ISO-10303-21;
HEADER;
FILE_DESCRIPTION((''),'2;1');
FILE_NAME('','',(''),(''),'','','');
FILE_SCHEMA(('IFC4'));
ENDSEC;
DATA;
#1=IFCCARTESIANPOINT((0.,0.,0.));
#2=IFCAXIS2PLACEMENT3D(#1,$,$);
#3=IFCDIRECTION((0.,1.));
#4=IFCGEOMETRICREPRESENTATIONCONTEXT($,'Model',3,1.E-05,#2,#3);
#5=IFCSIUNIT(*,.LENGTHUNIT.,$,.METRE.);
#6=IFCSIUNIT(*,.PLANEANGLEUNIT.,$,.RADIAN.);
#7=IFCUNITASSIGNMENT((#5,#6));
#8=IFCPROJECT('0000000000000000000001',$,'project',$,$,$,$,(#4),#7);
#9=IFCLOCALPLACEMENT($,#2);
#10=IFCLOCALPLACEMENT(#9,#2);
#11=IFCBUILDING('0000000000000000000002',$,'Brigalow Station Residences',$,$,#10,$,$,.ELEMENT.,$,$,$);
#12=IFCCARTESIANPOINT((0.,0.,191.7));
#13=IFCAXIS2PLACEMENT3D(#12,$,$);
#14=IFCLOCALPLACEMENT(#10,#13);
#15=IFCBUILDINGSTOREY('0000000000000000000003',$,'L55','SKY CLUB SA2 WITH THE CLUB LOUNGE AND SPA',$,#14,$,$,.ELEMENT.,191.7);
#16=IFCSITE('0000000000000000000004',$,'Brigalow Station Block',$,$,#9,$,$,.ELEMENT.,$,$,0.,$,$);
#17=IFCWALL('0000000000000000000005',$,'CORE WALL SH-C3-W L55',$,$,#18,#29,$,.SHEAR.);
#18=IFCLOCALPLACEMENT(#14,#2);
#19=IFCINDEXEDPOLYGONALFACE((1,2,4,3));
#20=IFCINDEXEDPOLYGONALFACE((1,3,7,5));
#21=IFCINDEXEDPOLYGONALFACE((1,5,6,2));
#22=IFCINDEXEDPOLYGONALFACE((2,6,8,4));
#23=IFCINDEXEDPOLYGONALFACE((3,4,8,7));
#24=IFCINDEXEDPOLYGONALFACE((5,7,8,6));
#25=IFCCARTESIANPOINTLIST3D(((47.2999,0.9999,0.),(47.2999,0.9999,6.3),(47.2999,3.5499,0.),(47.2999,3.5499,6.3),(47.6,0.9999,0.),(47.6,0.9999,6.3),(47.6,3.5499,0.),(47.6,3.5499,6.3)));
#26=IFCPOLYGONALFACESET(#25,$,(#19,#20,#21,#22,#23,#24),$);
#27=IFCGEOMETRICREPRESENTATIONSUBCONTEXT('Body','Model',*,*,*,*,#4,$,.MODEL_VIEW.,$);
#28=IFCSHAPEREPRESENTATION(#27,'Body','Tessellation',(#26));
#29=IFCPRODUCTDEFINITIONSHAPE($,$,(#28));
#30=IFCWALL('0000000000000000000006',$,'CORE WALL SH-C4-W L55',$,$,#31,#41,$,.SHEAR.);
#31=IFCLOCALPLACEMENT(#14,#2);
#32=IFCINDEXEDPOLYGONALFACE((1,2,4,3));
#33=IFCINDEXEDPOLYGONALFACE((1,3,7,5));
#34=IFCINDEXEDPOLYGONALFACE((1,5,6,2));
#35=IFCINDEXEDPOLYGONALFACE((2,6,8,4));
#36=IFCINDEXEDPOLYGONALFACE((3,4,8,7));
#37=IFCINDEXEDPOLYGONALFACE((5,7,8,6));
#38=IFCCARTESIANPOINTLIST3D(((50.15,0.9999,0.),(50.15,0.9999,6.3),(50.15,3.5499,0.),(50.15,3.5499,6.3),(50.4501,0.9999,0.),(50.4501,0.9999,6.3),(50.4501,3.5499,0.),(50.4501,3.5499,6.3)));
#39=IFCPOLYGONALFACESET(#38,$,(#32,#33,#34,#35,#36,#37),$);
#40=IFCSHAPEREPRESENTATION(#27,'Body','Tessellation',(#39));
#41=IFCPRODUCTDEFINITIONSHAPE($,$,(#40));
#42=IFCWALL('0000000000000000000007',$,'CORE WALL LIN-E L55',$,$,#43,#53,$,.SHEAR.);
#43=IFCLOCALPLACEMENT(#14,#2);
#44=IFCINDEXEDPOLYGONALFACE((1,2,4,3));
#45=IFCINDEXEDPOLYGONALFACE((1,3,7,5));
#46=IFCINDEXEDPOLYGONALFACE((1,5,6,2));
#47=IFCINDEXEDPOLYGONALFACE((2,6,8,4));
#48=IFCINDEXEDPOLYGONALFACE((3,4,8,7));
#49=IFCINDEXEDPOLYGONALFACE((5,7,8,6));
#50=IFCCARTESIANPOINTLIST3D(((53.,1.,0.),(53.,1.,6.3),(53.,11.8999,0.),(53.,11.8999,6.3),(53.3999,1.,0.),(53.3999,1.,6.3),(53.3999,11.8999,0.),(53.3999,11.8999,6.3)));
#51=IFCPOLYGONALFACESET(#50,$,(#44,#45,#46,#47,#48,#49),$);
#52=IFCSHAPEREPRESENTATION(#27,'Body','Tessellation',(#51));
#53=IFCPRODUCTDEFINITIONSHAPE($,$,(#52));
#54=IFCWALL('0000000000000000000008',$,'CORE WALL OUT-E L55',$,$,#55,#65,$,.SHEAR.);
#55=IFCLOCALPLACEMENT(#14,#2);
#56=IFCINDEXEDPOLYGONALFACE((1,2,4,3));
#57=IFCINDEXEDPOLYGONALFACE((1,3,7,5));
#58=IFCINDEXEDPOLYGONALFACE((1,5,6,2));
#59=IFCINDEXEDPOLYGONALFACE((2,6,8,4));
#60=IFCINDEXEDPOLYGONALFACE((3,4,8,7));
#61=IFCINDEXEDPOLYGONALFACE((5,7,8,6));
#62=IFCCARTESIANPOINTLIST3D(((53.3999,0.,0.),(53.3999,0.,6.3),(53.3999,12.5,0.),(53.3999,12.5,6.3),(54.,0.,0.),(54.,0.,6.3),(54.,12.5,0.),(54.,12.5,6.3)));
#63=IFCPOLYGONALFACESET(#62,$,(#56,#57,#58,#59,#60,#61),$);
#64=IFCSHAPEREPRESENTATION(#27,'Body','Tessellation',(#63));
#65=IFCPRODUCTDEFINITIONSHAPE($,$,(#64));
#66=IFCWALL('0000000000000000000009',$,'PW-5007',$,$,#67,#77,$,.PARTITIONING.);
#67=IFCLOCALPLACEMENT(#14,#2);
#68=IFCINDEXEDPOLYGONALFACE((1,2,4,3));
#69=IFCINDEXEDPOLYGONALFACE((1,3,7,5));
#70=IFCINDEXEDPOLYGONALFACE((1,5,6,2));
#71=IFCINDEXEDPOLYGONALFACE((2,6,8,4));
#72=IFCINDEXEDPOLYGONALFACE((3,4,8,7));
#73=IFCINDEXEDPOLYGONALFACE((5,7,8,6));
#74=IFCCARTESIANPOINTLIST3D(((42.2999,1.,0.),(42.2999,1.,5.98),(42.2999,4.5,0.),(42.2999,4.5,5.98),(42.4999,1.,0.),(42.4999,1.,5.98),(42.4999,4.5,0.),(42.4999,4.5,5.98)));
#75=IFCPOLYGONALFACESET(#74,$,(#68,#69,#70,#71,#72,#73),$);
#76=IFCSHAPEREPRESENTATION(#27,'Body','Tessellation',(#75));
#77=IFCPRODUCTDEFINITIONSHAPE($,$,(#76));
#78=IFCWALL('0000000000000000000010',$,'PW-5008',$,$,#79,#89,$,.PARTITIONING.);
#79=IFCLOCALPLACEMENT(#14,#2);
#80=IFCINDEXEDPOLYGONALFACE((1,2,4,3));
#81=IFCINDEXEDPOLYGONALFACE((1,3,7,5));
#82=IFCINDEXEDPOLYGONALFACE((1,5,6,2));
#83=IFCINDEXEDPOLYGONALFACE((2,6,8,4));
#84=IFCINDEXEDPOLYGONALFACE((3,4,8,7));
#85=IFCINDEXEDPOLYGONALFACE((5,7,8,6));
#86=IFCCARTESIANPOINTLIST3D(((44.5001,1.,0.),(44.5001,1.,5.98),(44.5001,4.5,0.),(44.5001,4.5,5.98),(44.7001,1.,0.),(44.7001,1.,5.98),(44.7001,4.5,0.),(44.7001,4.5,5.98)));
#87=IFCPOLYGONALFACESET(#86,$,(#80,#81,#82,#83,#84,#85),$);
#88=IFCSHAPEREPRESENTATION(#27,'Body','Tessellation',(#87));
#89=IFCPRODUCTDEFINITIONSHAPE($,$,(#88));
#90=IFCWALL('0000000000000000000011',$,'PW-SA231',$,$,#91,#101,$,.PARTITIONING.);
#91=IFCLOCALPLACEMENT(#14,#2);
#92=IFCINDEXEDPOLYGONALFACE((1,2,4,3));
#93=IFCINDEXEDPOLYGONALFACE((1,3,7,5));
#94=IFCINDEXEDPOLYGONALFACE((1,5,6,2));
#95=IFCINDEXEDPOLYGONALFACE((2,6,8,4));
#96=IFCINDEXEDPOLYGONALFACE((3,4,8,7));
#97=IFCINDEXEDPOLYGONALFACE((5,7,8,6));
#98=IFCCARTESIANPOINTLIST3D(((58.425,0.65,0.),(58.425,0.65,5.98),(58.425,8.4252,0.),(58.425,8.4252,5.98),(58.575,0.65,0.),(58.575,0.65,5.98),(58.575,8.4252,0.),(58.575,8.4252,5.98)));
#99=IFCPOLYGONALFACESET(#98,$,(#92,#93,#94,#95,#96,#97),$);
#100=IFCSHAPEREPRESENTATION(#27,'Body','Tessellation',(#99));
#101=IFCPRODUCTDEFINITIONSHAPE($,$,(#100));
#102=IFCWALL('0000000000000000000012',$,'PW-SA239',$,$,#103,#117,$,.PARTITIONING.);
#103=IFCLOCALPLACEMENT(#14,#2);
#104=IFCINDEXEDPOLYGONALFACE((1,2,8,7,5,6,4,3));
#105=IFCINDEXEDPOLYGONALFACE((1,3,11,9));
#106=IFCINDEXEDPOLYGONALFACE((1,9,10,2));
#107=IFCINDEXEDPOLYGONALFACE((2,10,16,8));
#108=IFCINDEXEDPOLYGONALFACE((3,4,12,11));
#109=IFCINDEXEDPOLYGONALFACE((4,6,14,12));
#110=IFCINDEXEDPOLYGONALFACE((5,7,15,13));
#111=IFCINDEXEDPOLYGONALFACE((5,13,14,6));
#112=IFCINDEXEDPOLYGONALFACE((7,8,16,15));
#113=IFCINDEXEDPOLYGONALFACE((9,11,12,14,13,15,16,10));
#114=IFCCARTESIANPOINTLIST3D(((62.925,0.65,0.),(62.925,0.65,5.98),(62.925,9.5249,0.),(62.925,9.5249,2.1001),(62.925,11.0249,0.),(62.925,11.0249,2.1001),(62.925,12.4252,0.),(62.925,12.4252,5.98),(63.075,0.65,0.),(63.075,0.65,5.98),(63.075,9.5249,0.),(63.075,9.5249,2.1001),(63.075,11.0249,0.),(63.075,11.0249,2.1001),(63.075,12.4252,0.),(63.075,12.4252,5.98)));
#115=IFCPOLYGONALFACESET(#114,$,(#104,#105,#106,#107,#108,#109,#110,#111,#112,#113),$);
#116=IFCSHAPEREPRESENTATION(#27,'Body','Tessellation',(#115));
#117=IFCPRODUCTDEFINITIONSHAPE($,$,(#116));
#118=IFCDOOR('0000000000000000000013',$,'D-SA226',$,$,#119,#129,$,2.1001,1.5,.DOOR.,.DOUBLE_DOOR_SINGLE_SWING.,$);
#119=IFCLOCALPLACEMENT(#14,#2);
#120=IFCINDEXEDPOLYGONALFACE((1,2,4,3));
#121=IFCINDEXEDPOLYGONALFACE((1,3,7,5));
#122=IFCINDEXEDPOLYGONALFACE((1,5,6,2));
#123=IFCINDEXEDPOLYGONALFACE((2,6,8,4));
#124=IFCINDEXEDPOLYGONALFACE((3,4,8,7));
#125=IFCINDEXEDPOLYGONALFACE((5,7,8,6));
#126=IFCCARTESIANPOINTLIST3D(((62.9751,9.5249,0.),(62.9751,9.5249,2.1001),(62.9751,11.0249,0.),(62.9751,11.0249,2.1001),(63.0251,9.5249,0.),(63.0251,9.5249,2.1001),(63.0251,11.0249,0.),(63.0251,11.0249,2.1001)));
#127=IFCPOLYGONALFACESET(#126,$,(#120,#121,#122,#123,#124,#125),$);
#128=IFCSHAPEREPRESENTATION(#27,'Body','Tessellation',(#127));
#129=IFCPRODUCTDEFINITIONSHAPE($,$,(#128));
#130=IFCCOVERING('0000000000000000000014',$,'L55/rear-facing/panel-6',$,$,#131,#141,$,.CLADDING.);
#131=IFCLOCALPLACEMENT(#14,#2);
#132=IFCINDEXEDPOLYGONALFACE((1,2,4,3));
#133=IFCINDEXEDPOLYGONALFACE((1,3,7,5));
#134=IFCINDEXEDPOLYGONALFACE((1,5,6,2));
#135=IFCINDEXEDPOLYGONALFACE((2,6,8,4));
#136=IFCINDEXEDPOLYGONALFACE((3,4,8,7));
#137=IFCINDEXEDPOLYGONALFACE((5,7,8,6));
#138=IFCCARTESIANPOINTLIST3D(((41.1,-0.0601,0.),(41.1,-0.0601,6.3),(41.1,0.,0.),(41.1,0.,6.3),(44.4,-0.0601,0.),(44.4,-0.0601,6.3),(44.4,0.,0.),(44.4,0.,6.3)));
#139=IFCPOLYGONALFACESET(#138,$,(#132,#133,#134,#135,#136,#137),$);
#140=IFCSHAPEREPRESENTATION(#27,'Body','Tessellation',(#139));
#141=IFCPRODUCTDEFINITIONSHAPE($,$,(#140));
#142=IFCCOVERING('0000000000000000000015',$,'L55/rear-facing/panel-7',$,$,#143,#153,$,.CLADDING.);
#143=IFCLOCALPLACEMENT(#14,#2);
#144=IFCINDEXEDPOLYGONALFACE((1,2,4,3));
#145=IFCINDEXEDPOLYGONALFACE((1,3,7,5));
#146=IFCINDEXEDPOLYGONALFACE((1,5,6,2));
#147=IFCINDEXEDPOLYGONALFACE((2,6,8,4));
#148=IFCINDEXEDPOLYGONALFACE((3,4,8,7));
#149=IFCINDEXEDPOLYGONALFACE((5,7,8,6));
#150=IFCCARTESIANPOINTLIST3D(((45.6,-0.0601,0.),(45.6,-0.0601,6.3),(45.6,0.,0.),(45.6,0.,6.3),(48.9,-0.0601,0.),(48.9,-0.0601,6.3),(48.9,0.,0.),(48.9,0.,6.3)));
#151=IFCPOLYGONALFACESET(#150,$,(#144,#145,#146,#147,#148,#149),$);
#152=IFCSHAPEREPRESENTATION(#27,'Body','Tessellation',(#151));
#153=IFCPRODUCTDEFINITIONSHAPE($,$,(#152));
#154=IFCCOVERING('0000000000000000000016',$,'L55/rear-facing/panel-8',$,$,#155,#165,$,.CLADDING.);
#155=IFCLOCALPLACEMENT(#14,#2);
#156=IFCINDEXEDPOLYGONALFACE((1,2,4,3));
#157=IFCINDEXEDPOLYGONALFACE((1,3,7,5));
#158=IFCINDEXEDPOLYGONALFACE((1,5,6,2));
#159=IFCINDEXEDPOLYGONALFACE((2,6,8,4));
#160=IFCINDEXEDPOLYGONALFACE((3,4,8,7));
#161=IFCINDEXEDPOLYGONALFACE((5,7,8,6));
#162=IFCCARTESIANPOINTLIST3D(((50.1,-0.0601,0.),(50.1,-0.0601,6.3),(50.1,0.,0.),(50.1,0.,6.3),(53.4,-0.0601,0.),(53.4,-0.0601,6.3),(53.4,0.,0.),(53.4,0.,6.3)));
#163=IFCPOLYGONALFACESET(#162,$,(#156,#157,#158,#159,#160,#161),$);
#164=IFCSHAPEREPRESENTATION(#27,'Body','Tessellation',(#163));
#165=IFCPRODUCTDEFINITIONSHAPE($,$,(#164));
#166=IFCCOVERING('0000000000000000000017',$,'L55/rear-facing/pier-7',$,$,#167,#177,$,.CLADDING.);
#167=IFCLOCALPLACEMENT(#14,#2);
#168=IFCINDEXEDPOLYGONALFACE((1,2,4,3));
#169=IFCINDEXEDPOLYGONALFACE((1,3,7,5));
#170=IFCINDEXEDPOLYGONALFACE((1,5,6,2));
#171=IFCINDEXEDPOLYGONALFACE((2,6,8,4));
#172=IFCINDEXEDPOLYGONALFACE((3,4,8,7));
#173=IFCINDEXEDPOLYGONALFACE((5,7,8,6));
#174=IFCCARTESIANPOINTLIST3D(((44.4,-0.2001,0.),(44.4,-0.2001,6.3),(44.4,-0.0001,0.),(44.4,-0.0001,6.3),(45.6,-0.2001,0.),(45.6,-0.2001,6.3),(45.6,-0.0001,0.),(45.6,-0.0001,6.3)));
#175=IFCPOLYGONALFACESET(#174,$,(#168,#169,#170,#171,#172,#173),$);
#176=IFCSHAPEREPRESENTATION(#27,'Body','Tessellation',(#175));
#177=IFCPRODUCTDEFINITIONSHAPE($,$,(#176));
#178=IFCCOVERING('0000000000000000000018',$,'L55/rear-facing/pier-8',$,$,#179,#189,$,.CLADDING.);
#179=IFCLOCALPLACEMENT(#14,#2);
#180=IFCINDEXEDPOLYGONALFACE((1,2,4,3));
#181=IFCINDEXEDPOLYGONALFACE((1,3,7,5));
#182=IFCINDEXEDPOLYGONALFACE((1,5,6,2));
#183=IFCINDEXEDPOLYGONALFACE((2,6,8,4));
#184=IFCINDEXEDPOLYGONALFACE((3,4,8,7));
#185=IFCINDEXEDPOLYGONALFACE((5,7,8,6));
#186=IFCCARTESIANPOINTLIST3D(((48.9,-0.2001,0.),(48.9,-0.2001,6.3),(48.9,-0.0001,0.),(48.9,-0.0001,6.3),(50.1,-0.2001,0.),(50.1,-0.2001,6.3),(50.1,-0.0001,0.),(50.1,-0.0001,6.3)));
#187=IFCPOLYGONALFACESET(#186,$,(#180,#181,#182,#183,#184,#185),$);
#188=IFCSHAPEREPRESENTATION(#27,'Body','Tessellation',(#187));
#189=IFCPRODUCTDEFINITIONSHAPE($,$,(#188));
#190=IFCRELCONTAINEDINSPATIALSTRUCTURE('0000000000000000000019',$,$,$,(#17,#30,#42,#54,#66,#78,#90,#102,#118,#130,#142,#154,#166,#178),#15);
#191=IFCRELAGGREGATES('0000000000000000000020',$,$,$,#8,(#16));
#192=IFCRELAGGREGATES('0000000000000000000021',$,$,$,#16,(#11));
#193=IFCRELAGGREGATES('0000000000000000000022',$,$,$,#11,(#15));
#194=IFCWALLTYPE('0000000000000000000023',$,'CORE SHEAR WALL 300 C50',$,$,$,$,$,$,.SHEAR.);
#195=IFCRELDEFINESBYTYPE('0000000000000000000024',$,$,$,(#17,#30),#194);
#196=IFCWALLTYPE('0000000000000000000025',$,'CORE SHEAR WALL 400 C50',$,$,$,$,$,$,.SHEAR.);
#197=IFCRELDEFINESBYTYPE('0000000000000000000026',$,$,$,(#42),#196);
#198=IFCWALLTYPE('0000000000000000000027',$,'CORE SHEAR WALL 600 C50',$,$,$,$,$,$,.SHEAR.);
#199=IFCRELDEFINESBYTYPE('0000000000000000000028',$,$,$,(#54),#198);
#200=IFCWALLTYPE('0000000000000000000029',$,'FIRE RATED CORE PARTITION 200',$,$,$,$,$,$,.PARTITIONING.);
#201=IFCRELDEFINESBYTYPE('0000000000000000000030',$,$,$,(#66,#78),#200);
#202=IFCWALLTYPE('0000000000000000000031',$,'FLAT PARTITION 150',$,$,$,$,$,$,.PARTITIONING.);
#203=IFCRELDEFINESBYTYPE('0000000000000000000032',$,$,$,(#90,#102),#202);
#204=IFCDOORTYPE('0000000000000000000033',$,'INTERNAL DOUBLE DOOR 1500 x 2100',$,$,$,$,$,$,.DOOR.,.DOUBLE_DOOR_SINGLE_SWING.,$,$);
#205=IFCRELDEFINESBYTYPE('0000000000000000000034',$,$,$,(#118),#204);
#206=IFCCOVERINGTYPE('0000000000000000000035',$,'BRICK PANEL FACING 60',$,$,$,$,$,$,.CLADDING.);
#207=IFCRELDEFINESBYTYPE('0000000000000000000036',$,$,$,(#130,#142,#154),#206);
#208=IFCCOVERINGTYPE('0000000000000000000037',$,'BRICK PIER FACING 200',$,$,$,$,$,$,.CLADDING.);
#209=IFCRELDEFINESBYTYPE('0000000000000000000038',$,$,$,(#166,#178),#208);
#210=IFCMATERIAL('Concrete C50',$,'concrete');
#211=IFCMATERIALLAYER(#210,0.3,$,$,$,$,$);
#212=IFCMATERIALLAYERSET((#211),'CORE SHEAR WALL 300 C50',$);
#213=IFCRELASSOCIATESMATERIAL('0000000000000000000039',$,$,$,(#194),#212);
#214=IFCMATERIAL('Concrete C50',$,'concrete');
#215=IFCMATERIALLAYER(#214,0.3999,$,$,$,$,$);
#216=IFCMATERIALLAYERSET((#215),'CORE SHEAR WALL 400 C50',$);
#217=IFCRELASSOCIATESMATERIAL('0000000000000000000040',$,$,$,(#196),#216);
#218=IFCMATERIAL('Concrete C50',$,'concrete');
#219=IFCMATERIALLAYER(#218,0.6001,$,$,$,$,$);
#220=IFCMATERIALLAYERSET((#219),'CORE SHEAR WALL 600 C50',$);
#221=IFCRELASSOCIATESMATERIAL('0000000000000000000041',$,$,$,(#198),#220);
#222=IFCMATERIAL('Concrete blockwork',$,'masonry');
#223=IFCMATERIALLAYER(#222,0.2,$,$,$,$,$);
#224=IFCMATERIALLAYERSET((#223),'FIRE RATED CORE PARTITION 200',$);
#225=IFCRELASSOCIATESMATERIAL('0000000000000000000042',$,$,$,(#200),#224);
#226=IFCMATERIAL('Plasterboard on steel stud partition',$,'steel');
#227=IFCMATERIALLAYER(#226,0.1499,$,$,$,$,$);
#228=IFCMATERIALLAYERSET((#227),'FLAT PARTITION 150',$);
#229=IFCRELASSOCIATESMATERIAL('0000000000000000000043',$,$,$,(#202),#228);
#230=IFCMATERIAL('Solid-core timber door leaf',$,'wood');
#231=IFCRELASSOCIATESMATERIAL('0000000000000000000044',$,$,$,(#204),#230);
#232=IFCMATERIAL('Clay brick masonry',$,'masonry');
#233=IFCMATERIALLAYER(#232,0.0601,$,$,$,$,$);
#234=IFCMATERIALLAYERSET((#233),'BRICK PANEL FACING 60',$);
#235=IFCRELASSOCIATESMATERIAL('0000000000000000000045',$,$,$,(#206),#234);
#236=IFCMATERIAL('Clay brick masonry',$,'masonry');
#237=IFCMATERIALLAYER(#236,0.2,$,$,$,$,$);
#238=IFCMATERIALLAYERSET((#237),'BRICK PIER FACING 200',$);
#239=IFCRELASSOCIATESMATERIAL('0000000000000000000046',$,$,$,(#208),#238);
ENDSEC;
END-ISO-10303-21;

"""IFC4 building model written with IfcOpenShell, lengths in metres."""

from ifc_helpers import new_model, si_unit, direction, frame, frame_2d, origin, origin_2d, place, context, subcontext, project, spatial, rectangle, extrude, material, layer, layer_set, type_object, element, fill, save


model = new_model("IFC4")

# Units and contexts
model_context = context("Model", 3, precision=1e-05, world=origin(), true_north=direction((0.0, 1.0)))
body_context = subcontext(model_context, "Body", "Model", "MODEL_VIEW")
ifc_project = project(units=[si_unit("LENGTHUNIT", "METRE"), si_unit("PLANEANGLEUNIT", "RADIAN")], contexts=[model_context])

# Site, building, storey
site_placement = place(None, origin())
site = spatial("IfcSite", under=ifc_project, at=site_placement, Name="Brigalow Station Block", CompositionType="ELEMENT", RefElevation=0.0)
building_placement = place(site_placement, origin())
building = spatial("IfcBuilding", under=site, at=building_placement, Name="Brigalow Station Residences", CompositionType="ELEMENT")
storey_placement = place(building_placement, frame((0.0, 0.0, 191.7)))
storey = spatial("IfcBuildingStorey", under=building, at=storey_placement, Name="L55", Description="SKY CLUB SA2 WITH THE CLUB LOUNGE AND SPA", CompositionType="ELEMENT", Elevation=191.7)

# Walls
ifc_material_1 = material(Name="Concrete C50", Category="concrete")
ifc_layer_1 = layer(ifc_material_1, 0.3)
ifc_layer_set_1 = layer_set([ifc_layer_1], Name="CORE SHEAR WALL 300 C50")
wall_type_1 = type_object("IfcWallType", Name="CORE SHEAR WALL 300 C50", PredefinedType="SHEAR", material=ifc_layer_set_1)
for number, where, z_axis, x_axis, name in (
    (1, (47.45, 1.0, 0.0), (0.0, 0.0, 1.0), (0.0, 1.0, 0.0), "CORE WALL SH-C3-W L55"),
    (2, (50.3, 1.0, 0.0), (0.0, 0.0, 1.0), (0.0, 1.0, 0.0), "CORE WALL SH-C4-W L55"),
):
    element("IfcWall", number, at=place(storey_placement, frame(where, z_axis=z_axis, x_axis=x_axis)), inside=storey, type_object=wall_type_1, Name=name, PredefinedType="SHEAR", context=body_context, shape_type="SweptSolid", body=[
        extrude(rectangle(XDim=2.55, YDim=0.3, at=frame_2d((1.2749, 0.0))), origin(), (0.0, 0.0, 1.0), 6.3),
    ])
ifc_material_2 = material(Name="Concrete C50", Category="concrete")
ifc_layer_2 = layer(ifc_material_2, 0.3999)
ifc_layer_set_2 = layer_set([ifc_layer_2], Name="CORE SHEAR WALL 400 C50")
wall_type_2 = type_object("IfcWallType", Name="CORE SHEAR WALL 400 C50", PredefinedType="SHEAR", material=ifc_layer_set_2)
wall_1_placement = place(storey_placement, frame((53.2, 1.0, 0.0), z_axis=(0.0, 0.0, 1.0), x_axis=(0.0, 1.0, 0.0)))
element("IfcWall", 3, at=wall_1_placement, inside=storey, type_object=wall_type_2, Name="CORE WALL LIN-E L55", PredefinedType="SHEAR", context=body_context, shape_type="SweptSolid", body=[
    extrude(rectangle(XDim=10.8999, YDim=0.3999, at=frame_2d((5.45, 0.0))), origin(), (0.0, 0.0, 1.0), 6.3),
])
ifc_material_3 = material(Name="Concrete C50", Category="concrete")
ifc_layer_3 = layer(ifc_material_3, 0.6001)
ifc_layer_set_3 = layer_set([ifc_layer_3], Name="CORE SHEAR WALL 600 C50")
wall_type_3 = type_object("IfcWallType", Name="CORE SHEAR WALL 600 C50", PredefinedType="SHEAR", material=ifc_layer_set_3)
wall_2_placement = place(storey_placement, frame((53.7, 0.0, 0.0), z_axis=(0.0, 0.0, 1.0), x_axis=(0.0, 1.0, 0.0)))
element("IfcWall", 4, at=wall_2_placement, inside=storey, type_object=wall_type_3, Name="CORE WALL OUT-E L55", PredefinedType="SHEAR", context=body_context, shape_type="SweptSolid", body=[
    extrude(rectangle(XDim=12.5, YDim=0.6001, at=frame_2d((6.25, 0.0))), origin(), (0.0, 0.0, 1.0), 6.3),
])
ifc_material_4 = material(Name="Concrete blockwork", Category="masonry")
ifc_layer_4 = layer(ifc_material_4, 0.2)
ifc_layer_set_4 = layer_set([ifc_layer_4], Name="FIRE RATED CORE PARTITION 200")
wall_type_4 = type_object("IfcWallType", Name="FIRE RATED CORE PARTITION 200", PredefinedType="PARTITIONING", material=ifc_layer_set_4)
for number, where, z_axis, x_axis, name in (
    (5, (42.3999, 1.0, 0.0), (0.0, 0.0, 1.0), (0.0, 1.0, 0.0), "PW-5007"),
    (6, (44.6001, 1.0, 0.0), (0.0, 0.0, 1.0), (0.0, 1.0, 0.0), "PW-5008"),
):
    element("IfcWall", number, at=place(storey_placement, frame(where, z_axis=z_axis, x_axis=x_axis)), inside=storey, type_object=wall_type_4, Name=name, PredefinedType="PARTITIONING", context=body_context, shape_type="SweptSolid", body=[
        extrude(rectangle(XDim=3.5, YDim=0.2, at=frame_2d((1.75, 0.0))), origin(), (0.0, 0.0, 1.0), 5.98),
    ])
ifc_material_5 = material(Name="Plasterboard on steel stud partition", Category="steel")
ifc_layer_5 = layer(ifc_material_5, 0.1499)
ifc_layer_set_5 = layer_set([ifc_layer_5], Name="FLAT PARTITION 150")
wall_type_5 = type_object("IfcWallType", Name="FLAT PARTITION 150", PredefinedType="PARTITIONING", material=ifc_layer_set_5)
wall_3_placement = place(storey_placement, frame((58.5, 0.6499, 0.0), z_axis=(0.0, 0.0, 1.0), x_axis=(0.0, 1.0, 0.0)))
element("IfcWall", 7, at=wall_3_placement, inside=storey, type_object=wall_type_5, Name="PW-SA231", PredefinedType="PARTITIONING", context=body_context, shape_type="SweptSolid", body=[
    extrude(rectangle(XDim=7.7751, YDim=0.1499, at=frame_2d((3.8877, 0.0))), origin(), (0.0, 0.0, 1.0), 5.98),
])

# Wall, opening, door
wall_4_placement = place(storey_placement, frame((63.0, 0.6499, 0.0), z_axis=(0.0, 0.0, 1.0), x_axis=(0.0, 1.0, 0.0)))
wall_4 = element("IfcWall", 8, at=wall_4_placement, inside=storey, type_object=wall_type_5, Name="PW-SA239", PredefinedType="PARTITIONING", context=body_context, shape_type="SweptSolid", body=[
    extrude(rectangle(XDim=11.7751, YDim=0.1499, at=frame_2d((5.8877, 0.0))), origin(), (0.0, 0.0, 1.0), 5.98),
])
opening_placement = place(wall_4_placement, frame((8.875, 0.0, 0.0)))
opening = element("IfcOpeningElement", 9, at=opening_placement, cuts=wall_4, PredefinedType="OPENING", context=body_context, shape_type="SweptSolid", body=[
    extrude(rectangle(XDim=1.5, YDim=2.1001, at=frame_2d((0.75, 1.05))), frame((0.0, 0.085, 0.0), z_axis=(0.0, -1.0, 0.0), x_axis=(1.0, 0.0, 0.0)), (0.0, 0.0, 1.0), 0.1699),
])
ifc_material_6 = material(Name="Solid-core timber door leaf", Category="wood")
door_type = type_object("IfcDoorType", Name="INTERNAL DOUBLE DOOR 1500 x 2100", OperationType="DOUBLE_DOOR_SINGLE_SWING", PredefinedType="DOOR", material=ifc_material_6)
door_placement = place(opening_placement, origin())
door = element("IfcDoor", 10, at=door_placement, inside=storey, type_object=door_type, Name="D-SA226", OperationType="DOUBLE_DOOR_SINGLE_SWING", OverallHeight=2.1001, OverallWidth=1.5, PredefinedType="DOOR", context=body_context, shape_type="SweptSolid", body=[
    extrude(rectangle(XDim=1.5, YDim=2.1001, at=frame_2d((0.75, 1.05))), frame((0.0, 0.0249, 0.0), z_axis=(0.0, -1.0, 0.0), x_axis=(1.0, 0.0, 0.0)), (0.0, 0.0, 1.0), 0.05),
])
fill(opening, door)

# Coverings
ifc_material_7 = material(Name="Clay brick masonry", Category="masonry")
ifc_layer_6 = layer(ifc_material_7, 0.0601)
ifc_layer_set_6 = layer_set([ifc_layer_6], Name="BRICK PANEL FACING 60")
covering_type_1 = type_object("IfcCoveringType", Name="BRICK PANEL FACING 60", PredefinedType="CLADDING", material=ifc_layer_set_6)
for number, where, z_axis, x_axis, name in (
    (11, (42.75, -0.03, 0.0), (0.0, 0.0, 1.0), (1.0, 0.0, 0.0), "L55/rear-facing/panel-6"),
    (12, (47.25, -0.03, 0.0), (0.0, 0.0, 1.0), (1.0, 0.0, 0.0), "L55/rear-facing/panel-7"),
    (13, (51.75, -0.03, 0.0), (0.0, 0.0, 1.0), (1.0, 0.0, 0.0), "L55/rear-facing/panel-8"),
):
    element("IfcCovering", number, at=place(storey_placement, frame(where, z_axis=z_axis, x_axis=x_axis)), inside=storey, type_object=covering_type_1, Name=name, PredefinedType="CLADDING", context=body_context, shape_type="SweptSolid", body=[
        extrude(rectangle(XDim=3.3, YDim=0.0601, at=origin_2d()), origin(), (0.0, 0.0, 1.0), 6.3),
    ])
ifc_material_8 = material(Name="Clay brick masonry", Category="masonry")
ifc_layer_7 = layer(ifc_material_8, 0.2)
ifc_layer_set_7 = layer_set([ifc_layer_7], Name="BRICK PIER FACING 200")
covering_type_2 = type_object("IfcCoveringType", Name="BRICK PIER FACING 200", PredefinedType="CLADDING", material=ifc_layer_set_7)
for number, where, z_axis, x_axis, name in (
    (14, (45.0, -0.1001, 0.0), (0.0, 0.0, 1.0), (1.0, 0.0, 0.0), "L55/rear-facing/pier-7"),
    (15, (49.5, -0.1001, 0.0), (0.0, 0.0, 1.0), (1.0, 0.0, 0.0), "L55/rear-facing/pier-8"),
):
    element("IfcCovering", number, at=place(storey_placement, frame(where, z_axis=z_axis, x_axis=x_axis)), inside=storey, type_object=covering_type_2, Name=name, PredefinedType="CLADDING", context=body_context, shape_type="SweptSolid", body=[
        extrude(rectangle(XDim=1.2, YDim=0.2, at=origin_2d()), origin(), (0.0, 0.0, 1.0), 6.3),
    ])

save(model, "model.ifc")
